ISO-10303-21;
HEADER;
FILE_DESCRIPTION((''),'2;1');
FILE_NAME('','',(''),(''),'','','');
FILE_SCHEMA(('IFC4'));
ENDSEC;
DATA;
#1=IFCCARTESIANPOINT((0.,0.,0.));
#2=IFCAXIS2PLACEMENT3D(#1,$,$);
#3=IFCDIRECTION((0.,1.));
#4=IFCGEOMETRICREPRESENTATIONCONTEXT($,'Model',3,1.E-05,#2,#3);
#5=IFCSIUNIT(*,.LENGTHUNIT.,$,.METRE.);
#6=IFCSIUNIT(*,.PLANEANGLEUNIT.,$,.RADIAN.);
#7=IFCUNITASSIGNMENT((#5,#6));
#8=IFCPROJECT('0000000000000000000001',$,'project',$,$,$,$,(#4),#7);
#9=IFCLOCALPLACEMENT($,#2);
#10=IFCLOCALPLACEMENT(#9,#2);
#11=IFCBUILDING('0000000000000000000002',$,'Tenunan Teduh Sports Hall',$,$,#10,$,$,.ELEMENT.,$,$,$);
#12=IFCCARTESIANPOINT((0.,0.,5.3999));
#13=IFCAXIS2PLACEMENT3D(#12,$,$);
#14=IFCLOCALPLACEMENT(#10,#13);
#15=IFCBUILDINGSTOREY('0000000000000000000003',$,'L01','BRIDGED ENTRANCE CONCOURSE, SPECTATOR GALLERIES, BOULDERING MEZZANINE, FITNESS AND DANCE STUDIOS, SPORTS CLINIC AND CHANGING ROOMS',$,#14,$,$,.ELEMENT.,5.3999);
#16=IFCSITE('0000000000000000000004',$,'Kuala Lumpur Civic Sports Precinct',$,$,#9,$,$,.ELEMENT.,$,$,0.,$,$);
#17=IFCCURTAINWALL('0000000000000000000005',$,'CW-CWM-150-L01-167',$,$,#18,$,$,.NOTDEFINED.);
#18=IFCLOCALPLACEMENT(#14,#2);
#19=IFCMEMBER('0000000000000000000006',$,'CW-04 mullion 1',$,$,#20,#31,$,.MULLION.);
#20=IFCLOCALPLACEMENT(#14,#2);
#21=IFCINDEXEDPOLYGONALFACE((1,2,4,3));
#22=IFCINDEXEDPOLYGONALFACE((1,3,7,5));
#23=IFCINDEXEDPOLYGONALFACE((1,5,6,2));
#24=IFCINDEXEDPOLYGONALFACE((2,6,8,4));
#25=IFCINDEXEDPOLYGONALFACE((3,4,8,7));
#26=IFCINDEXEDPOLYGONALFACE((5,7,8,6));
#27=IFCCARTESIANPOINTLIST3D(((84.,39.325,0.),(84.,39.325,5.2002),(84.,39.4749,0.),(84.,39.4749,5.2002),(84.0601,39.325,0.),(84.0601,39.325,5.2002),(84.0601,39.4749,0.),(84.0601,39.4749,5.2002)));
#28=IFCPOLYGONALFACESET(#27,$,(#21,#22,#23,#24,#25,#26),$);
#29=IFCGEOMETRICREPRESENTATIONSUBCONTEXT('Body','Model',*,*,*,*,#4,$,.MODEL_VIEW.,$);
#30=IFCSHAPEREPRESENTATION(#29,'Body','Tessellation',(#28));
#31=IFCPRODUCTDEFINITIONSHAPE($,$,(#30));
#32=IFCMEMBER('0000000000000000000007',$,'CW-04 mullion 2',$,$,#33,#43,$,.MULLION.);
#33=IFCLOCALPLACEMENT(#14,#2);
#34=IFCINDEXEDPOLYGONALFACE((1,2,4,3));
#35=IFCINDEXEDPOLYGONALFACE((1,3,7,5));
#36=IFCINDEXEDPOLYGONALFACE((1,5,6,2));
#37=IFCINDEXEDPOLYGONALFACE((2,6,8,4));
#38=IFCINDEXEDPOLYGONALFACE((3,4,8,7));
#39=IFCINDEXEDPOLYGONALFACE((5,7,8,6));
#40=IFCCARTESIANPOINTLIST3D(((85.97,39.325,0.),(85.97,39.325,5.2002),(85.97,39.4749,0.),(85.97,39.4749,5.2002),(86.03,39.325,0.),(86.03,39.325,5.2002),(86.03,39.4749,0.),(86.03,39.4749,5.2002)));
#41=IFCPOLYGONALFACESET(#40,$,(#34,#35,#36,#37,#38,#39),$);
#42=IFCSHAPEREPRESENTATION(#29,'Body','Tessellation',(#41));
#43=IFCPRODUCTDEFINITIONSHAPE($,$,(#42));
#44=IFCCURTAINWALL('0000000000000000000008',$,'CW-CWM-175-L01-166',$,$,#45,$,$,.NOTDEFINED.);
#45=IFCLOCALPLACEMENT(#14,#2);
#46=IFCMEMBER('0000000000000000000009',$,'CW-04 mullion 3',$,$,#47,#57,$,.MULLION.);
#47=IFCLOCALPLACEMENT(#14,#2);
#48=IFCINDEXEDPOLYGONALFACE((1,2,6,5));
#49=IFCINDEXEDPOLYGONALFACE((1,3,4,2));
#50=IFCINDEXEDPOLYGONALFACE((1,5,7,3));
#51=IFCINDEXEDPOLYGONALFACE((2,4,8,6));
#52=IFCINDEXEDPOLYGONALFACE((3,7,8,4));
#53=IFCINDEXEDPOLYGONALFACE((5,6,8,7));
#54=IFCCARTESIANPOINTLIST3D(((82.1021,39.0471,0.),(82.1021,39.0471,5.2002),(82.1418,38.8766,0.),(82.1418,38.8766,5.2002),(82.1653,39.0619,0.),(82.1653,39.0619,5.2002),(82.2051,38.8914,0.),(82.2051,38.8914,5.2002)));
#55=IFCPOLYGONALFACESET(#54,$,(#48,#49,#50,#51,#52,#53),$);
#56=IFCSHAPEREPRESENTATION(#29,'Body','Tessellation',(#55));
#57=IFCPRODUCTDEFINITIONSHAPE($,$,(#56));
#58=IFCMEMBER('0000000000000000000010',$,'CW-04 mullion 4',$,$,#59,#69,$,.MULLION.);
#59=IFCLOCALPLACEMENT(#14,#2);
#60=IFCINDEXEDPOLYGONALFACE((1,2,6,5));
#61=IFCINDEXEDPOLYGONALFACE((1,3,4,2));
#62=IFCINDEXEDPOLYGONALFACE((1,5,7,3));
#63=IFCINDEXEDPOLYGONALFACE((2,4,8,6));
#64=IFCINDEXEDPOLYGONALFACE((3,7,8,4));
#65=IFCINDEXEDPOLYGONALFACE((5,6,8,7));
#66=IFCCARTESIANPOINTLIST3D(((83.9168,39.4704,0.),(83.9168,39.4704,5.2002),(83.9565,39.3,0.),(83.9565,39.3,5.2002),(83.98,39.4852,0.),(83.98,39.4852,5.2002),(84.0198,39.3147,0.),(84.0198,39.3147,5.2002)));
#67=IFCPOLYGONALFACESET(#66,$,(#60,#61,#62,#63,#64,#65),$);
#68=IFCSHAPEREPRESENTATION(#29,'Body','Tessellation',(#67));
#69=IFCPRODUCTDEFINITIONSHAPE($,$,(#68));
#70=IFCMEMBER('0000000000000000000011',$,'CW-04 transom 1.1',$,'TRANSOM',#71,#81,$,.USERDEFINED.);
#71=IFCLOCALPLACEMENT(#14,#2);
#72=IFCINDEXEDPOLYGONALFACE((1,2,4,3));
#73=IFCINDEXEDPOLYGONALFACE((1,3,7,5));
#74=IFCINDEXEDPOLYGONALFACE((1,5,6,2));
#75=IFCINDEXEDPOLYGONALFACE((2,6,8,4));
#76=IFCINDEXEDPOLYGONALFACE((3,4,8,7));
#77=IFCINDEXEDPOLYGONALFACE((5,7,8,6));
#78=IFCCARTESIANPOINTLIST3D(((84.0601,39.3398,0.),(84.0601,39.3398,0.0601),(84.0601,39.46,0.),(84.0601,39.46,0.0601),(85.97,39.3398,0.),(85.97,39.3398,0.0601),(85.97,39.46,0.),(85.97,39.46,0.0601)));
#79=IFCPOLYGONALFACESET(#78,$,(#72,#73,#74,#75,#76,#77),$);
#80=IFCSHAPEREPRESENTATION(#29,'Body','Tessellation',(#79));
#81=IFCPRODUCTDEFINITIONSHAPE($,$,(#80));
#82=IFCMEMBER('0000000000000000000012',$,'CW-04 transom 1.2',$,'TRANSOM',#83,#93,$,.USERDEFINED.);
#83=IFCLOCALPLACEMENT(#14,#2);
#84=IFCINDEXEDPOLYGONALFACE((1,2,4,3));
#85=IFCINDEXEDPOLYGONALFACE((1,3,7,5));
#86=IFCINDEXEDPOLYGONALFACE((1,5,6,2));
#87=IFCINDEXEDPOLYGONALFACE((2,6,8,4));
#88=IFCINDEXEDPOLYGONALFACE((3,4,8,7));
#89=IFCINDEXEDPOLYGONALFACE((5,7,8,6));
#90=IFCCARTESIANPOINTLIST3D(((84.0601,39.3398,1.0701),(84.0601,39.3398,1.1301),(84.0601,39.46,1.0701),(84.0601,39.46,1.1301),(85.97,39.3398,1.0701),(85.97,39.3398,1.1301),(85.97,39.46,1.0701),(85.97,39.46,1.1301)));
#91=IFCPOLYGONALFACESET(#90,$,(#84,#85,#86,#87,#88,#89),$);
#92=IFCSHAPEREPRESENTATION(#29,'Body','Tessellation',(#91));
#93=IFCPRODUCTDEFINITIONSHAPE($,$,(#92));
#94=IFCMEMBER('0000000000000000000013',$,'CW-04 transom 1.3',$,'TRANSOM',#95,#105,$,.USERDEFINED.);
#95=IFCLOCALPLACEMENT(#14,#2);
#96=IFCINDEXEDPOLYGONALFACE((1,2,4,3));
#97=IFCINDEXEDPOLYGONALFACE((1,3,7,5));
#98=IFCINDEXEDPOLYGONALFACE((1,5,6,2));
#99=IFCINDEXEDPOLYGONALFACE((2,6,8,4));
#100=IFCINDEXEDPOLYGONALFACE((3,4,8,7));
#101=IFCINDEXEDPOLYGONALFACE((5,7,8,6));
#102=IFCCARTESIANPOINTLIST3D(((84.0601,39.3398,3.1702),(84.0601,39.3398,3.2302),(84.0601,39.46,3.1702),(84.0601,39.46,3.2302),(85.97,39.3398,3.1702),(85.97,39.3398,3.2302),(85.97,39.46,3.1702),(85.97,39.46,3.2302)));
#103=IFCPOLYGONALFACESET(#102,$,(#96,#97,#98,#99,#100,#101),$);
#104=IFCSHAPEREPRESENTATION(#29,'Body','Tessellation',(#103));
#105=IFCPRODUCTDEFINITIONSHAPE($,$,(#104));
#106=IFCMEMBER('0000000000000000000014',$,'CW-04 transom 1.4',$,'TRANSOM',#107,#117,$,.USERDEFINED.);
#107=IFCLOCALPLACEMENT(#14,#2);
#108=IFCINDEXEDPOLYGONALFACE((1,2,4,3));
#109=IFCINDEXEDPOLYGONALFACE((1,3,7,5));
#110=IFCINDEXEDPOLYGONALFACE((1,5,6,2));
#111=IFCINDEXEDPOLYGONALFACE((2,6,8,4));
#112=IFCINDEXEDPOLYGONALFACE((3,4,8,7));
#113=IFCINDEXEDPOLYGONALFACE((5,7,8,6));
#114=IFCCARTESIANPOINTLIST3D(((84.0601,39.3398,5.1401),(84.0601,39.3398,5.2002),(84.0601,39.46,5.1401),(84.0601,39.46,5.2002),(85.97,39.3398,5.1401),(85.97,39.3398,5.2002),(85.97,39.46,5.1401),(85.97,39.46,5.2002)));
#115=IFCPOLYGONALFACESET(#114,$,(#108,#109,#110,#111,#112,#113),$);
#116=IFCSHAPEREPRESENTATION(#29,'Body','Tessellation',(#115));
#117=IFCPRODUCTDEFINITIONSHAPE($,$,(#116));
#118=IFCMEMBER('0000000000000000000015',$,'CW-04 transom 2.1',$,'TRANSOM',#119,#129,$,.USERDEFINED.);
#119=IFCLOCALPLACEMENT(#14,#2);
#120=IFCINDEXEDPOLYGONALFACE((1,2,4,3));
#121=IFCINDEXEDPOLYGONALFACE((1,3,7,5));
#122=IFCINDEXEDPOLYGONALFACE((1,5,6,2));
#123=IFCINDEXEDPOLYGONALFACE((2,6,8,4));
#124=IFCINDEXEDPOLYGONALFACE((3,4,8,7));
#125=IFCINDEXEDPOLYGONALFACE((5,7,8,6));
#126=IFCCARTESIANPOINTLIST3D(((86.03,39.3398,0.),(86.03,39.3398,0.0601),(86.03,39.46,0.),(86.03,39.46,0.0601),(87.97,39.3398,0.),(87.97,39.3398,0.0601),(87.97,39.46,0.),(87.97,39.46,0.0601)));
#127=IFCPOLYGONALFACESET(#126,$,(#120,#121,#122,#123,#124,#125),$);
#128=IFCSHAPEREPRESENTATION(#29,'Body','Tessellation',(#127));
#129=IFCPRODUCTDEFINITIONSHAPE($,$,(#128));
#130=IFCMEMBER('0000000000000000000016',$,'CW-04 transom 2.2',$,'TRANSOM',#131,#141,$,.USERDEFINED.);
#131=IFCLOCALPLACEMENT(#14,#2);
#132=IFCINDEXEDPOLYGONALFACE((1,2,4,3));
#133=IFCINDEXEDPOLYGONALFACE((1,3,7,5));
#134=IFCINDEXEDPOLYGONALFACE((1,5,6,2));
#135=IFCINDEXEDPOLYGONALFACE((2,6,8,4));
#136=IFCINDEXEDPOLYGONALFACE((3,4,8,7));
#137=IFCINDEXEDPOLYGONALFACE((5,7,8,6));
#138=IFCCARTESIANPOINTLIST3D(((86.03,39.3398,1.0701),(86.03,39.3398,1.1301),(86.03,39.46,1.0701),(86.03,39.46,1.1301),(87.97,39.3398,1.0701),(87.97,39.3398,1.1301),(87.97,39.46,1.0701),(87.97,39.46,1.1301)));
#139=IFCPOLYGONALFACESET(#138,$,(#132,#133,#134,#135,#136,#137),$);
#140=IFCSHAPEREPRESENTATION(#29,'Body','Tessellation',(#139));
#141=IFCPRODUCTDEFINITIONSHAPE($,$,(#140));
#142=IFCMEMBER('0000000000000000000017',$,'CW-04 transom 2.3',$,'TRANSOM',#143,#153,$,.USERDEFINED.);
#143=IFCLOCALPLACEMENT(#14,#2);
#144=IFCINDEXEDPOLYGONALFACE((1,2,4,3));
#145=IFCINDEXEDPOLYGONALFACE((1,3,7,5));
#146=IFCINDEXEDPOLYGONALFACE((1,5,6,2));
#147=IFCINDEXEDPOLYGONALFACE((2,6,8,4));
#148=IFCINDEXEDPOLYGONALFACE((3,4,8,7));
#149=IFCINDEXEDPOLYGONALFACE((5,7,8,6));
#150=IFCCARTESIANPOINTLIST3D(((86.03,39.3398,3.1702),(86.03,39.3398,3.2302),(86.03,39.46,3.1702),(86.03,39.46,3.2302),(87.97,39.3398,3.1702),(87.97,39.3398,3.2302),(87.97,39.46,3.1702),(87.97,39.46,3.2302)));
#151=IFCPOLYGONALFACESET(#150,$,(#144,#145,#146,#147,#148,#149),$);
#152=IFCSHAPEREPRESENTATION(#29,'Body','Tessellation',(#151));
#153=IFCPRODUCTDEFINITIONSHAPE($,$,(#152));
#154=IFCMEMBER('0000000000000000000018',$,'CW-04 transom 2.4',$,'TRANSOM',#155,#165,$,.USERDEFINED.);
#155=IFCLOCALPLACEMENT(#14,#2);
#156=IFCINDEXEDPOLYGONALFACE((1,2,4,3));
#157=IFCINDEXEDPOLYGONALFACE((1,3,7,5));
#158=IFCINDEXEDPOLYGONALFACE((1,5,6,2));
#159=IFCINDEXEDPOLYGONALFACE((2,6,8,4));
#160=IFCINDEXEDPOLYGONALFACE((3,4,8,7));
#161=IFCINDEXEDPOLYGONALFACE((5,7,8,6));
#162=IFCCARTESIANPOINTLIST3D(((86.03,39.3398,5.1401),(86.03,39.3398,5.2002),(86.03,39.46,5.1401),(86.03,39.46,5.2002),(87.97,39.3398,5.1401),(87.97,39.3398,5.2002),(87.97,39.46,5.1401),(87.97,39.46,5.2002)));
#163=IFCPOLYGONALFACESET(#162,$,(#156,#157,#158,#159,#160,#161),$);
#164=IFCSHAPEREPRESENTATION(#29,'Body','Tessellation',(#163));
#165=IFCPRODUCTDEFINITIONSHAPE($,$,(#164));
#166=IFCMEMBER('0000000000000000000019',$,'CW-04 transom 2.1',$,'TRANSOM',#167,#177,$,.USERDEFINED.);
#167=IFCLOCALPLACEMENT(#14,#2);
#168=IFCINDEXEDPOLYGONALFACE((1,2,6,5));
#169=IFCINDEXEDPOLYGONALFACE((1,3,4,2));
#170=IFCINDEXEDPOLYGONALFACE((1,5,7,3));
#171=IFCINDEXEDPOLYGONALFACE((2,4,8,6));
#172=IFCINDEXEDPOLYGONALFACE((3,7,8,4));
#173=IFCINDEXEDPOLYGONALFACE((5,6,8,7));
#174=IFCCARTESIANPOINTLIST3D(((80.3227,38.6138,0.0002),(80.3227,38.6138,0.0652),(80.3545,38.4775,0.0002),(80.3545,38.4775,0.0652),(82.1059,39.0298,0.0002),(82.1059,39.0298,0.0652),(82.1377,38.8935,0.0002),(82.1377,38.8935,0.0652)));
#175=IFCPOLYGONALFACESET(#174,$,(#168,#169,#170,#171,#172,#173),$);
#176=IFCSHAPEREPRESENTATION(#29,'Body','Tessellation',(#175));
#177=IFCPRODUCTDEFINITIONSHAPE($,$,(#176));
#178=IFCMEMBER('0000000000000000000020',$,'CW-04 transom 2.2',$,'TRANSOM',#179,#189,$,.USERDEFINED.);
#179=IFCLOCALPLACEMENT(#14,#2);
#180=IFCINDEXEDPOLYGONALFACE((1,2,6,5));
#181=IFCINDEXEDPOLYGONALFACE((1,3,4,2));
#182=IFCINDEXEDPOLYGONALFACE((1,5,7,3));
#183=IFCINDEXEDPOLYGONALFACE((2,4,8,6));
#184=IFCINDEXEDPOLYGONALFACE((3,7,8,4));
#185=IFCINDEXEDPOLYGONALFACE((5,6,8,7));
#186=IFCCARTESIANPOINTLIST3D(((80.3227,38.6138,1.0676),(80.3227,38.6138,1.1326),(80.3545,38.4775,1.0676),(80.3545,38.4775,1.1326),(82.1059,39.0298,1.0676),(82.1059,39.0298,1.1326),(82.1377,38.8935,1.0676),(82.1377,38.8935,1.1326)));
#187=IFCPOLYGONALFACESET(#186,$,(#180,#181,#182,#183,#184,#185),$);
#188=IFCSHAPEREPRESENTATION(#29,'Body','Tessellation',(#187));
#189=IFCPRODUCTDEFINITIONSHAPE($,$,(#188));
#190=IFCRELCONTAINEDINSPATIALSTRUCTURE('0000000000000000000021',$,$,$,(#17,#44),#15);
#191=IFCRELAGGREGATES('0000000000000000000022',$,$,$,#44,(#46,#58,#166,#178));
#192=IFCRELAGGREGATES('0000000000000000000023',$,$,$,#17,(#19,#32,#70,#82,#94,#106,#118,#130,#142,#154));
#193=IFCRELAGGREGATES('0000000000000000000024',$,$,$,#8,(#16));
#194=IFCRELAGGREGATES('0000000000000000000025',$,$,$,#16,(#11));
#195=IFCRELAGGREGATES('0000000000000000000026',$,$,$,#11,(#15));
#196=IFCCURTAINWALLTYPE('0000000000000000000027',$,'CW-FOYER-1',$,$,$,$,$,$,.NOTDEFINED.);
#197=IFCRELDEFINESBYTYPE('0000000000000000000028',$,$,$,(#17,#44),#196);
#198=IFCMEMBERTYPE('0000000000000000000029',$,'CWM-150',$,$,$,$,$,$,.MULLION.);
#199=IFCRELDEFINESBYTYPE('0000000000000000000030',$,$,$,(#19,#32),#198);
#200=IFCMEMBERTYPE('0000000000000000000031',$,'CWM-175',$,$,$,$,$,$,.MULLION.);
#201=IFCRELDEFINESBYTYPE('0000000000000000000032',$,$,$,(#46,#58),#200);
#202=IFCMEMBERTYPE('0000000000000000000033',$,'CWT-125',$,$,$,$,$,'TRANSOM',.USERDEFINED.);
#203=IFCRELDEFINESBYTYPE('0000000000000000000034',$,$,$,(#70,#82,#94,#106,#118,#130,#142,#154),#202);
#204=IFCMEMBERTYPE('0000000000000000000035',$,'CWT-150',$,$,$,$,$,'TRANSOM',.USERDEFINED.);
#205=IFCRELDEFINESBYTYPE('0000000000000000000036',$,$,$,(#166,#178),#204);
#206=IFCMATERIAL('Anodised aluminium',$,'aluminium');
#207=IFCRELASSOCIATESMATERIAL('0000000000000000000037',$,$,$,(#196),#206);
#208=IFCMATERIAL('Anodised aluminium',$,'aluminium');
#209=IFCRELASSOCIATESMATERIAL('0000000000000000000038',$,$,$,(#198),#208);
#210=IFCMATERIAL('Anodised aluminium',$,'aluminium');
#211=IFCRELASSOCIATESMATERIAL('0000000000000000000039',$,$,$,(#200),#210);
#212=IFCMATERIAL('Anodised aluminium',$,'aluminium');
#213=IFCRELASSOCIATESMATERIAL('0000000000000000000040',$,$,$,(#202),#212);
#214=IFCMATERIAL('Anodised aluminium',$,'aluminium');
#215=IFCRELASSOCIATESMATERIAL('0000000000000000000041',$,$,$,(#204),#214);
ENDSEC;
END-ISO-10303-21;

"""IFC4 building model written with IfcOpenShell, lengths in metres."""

from ifc_helpers import new_model, si_unit, direction, frame, origin, origin_2d, place, context, subcontext, project, spatial, rectangle, extrude, material, material_profile, profile_set, type_object, element, aggregate, save


model = new_model("IFC4")

# Units and contexts
model_context = context("Model", 3, precision=1e-05, world=origin(), true_north=direction((0.0, 1.0)))
body_context = subcontext(model_context, "Body", "Model", "MODEL_VIEW")
ifc_project = project(units=[si_unit("LENGTHUNIT", "METRE"), si_unit("PLANEANGLEUNIT", "RADIAN")], contexts=[model_context])

# Site, building, storey
site_placement = place(None, origin())
site = spatial("IfcSite", under=ifc_project, at=site_placement, Name="Kuala Lumpur Civic Sports Precinct", CompositionType="ELEMENT", RefElevation=0.0)
building_placement = place(site_placement, origin())
building = spatial("IfcBuilding", under=site, at=building_placement, Name="Tenunan Teduh Sports Hall", CompositionType="ELEMENT")
storey_placement = place(building_placement, frame((0.0, 0.0, 5.3999)))
storey = spatial("IfcBuildingStorey", under=building, at=storey_placement, Name="L01", Description="BRIDGED ENTRANCE CONCOURSE, SPECTATOR GALLERIES, BOULDERING MEZZANINE, FITNESS AND DANCE STUDIOS, SPORTS CLINIC AND CHANGING ROOMS", CompositionType="ELEMENT", Elevation=5.3999)

# Curtain walls, members
ifc_material_1 = material(Name="Anodised aluminium", Category="aluminium")
curtain_wall_type = type_object("IfcCurtainWallType", Name="CW-FOYER-1", PredefinedType="NOTDEFINED", material=ifc_material_1)
curtain_wall_1_placement = place(storey_placement, origin())
curtain_wall_1 = element("IfcCurtainWall", 1, at=curtain_wall_1_placement, inside=storey, type_object=curtain_wall_type, Name="CW-CWM-150-L01-167", PredefinedType="NOTDEFINED")
ifc_material_2 = material(Name="Anodised aluminium", Category="aluminium")
ifc_material_profile_1 = material_profile(ifc_material_2, rectangle(XDim=0.0601, YDim=0.1499, at=origin_2d()), Name="CWM 60x150")
ifc_profile_set_1 = profile_set([ifc_material_profile_1], Name="Anodised aluminium")
member_type_1 = type_object("IfcMemberType", Name="CWM-150", PredefinedType="MULLION", material=ifc_profile_set_1)
member_1_placement = place(storey_placement, frame((84.03, 39.3999, 0.0), z_axis=(0.0, 0.0, 1.0), x_axis=(1.0, 0.0, 0.0)))
member_1 = element("IfcMember", 2, at=member_1_placement, type_object=member_type_1, Name="CW-04 mullion 1", PredefinedType="MULLION", context=body_context, shape_type="SweptSolid", body=[
    extrude(rectangle(XDim=0.0601, YDim=0.1499, at=origin_2d()), origin(), (0.0, 0.0, 1.0), 5.2002),
])
member_2_placement = place(storey_placement, frame((86.0, 39.3999, 0.0), z_axis=(0.0, 0.0, 1.0), x_axis=(1.0, 0.0, 0.0)))
member_2 = element("IfcMember", 3, at=member_2_placement, type_object=member_type_1, Name="CW-04 mullion 2", PredefinedType="MULLION", context=body_context, shape_type="SweptSolid", body=[
    extrude(rectangle(XDim=0.0601, YDim=0.1499, at=origin_2d()), origin(), (0.0, 0.0, 1.0), 5.2002),
])
curtain_wall_2_placement = place(storey_placement, origin())
curtain_wall_2 = element("IfcCurtainWall", 4, at=curtain_wall_2_placement, inside=storey, type_object=curtain_wall_type, Name="CW-CWM-175-L01-166", PredefinedType="NOTDEFINED")
ifc_material_3 = material(Name="Anodised aluminium", Category="aluminium")
ifc_material_profile_2 = material_profile(ifc_material_3, rectangle(XDim=0.0649, YDim=0.175, at=origin_2d()), Name="CWM 65x175")
ifc_profile_set_2 = profile_set([ifc_material_profile_2], Name="Anodised aluminium")
member_type_2 = type_object("IfcMemberType", Name="CWM-175", PredefinedType="MULLION", material=ifc_profile_set_2)
member_3_placement = place(storey_placement, frame((82.1536, 38.9692, 0.0), z_axis=(0.0, 0.0, 1.0), x_axis=(0.973842, 0.227226, 0.0)))
member_3 = element("IfcMember", 5, at=member_3_placement, type_object=member_type_2, Name="CW-04 mullion 3", PredefinedType="MULLION", context=body_context, shape_type="SweptSolid", body=[
    extrude(rectangle(XDim=0.0649, YDim=0.175, at=origin_2d()), origin(), (0.0, 0.0, 1.0), 5.2002),
])
member_4_placement = place(storey_placement, frame((83.9683, 39.3926, 0.0), z_axis=(0.0, 0.0, 1.0), x_axis=(0.973842, 0.227226, 0.0)))
member_4 = element("IfcMember", 6, at=member_4_placement, type_object=member_type_2, Name="CW-04 mullion 4", PredefinedType="MULLION", context=body_context, shape_type="SweptSolid", body=[
    extrude(rectangle(XDim=0.0649, YDim=0.175, at=origin_2d()), origin(), (0.0, 0.0, 1.0), 5.2002),
])

# Members
ifc_material_4 = material(Name="Anodised aluminium", Category="aluminium")
ifc_material_profile_3 = material_profile(ifc_material_4, rectangle(XDim=0.0601, YDim=0.1201, at=origin_2d()), Name="CWT 60x120")
ifc_profile_set_3 = profile_set([ifc_material_profile_3], Name="Anodised aluminium")
member_type_3 = type_object("IfcMemberType", Name="CWT-125", ElementType="TRANSOM", PredefinedType="USERDEFINED", material=ifc_profile_set_3)
member_5_placement = place(storey_placement, frame((84.0601, 39.3999, 0.03), z_axis=(1.0, 0.0, 0.0), x_axis=(0.0, 0.0, 1.0)))
member_5 = element("IfcMember", 7, at=member_5_placement, type_object=member_type_3, Name="CW-04 transom 1.1", ObjectType="TRANSOM", PredefinedType="USERDEFINED", context=body_context, shape_type="SweptSolid", body=[
    extrude(rectangle(XDim=0.0601, YDim=0.1201, at=origin_2d()), origin(), (0.0, 0.0, 1.0), 1.9099),
])
member_6_placement = place(storey_placement, frame((84.0601, 39.3999, 1.1001), z_axis=(1.0, 0.0, 0.0), x_axis=(0.0, 0.0, 1.0)))
member_6 = element("IfcMember", 8, at=member_6_placement, type_object=member_type_3, Name="CW-04 transom 1.2", ObjectType="TRANSOM", PredefinedType="USERDEFINED", context=body_context, shape_type="SweptSolid", body=[
    extrude(rectangle(XDim=0.0601, YDim=0.1201, at=origin_2d()), origin(), (0.0, 0.0, 1.0), 1.9099),
])
member_7_placement = place(storey_placement, frame((84.0601, 39.3999, 3.2002), z_axis=(1.0, 0.0, 0.0), x_axis=(0.0, 0.0, 1.0)))
member_7 = element("IfcMember", 9, at=member_7_placement, type_object=member_type_3, Name="CW-04 transom 1.3", ObjectType="TRANSOM", PredefinedType="USERDEFINED", context=body_context, shape_type="SweptSolid", body=[
    extrude(rectangle(XDim=0.0601, YDim=0.1201, at=origin_2d()), origin(), (0.0, 0.0, 1.0), 1.9099),
])
member_8_placement = place(storey_placement, frame((84.0601, 39.3999, 5.1702), z_axis=(1.0, 0.0, 0.0), x_axis=(0.0, 0.0, 1.0)))
member_8 = element("IfcMember", 10, at=member_8_placement, type_object=member_type_3, Name="CW-04 transom 1.4", ObjectType="TRANSOM", PredefinedType="USERDEFINED", context=body_context, shape_type="SweptSolid", body=[
    extrude(rectangle(XDim=0.0601, YDim=0.1201, at=origin_2d()), origin(), (0.0, 0.0, 1.0), 1.9099),
])
member_9_placement = place(storey_placement, frame((86.03, 39.3999, 0.03), z_axis=(1.0, 0.0, 0.0), x_axis=(0.0, 0.0, 1.0)))
member_9 = element("IfcMember", 11, at=member_9_placement, type_object=member_type_3, Name="CW-04 transom 2.1", ObjectType="TRANSOM", PredefinedType="USERDEFINED", context=body_context, shape_type="SweptSolid", body=[
    extrude(rectangle(XDim=0.0601, YDim=0.1201, at=origin_2d()), origin(), (0.0, 0.0, 1.0), 1.9399),
])
member_10_placement = place(storey_placement, frame((86.03, 39.3999, 1.1001), z_axis=(1.0, 0.0, 0.0), x_axis=(0.0, 0.0, 1.0)))
member_10 = element("IfcMember", 12, at=member_10_placement, type_object=member_type_3, Name="CW-04 transom 2.2", ObjectType="TRANSOM", PredefinedType="USERDEFINED", context=body_context, shape_type="SweptSolid", body=[
    extrude(rectangle(XDim=0.0601, YDim=0.1201, at=origin_2d()), origin(), (0.0, 0.0, 1.0), 1.9399),
])
member_11_placement = place(storey_placement, frame((86.03, 39.3999, 3.2002), z_axis=(1.0, 0.0, 0.0), x_axis=(0.0, 0.0, 1.0)))
member_11 = element("IfcMember", 13, at=member_11_placement, type_object=member_type_3, Name="CW-04 transom 2.3", ObjectType="TRANSOM", PredefinedType="USERDEFINED", context=body_context, shape_type="SweptSolid", body=[
    extrude(rectangle(XDim=0.0601, YDim=0.1201, at=origin_2d()), origin(), (0.0, 0.0, 1.0), 1.9399),
])
member_12_placement = place(storey_placement, frame((86.03, 39.3999, 5.1702), z_axis=(1.0, 0.0, 0.0), x_axis=(0.0, 0.0, 1.0)))
member_12 = element("IfcMember", 14, at=member_12_placement, type_object=member_type_3, Name="CW-04 transom 2.4", ObjectType="TRANSOM", PredefinedType="USERDEFINED", context=body_context, shape_type="SweptSolid", body=[
    extrude(rectangle(XDim=0.0601, YDim=0.1201, at=origin_2d()), origin(), (0.0, 0.0, 1.0), 1.9399),
])
ifc_material_5 = material(Name="Anodised aluminium", Category="aluminium")
ifc_material_profile_4 = material_profile(ifc_material_5, rectangle(XDim=0.0649, YDim=0.1399, at=origin_2d()), Name="CWT 65x140")
ifc_profile_set_4 = profile_set([ifc_material_profile_4], Name="Anodised aluminium")
member_type_4 = type_object("IfcMemberType", Name="CWT-150", ElementType="TRANSOM", PredefinedType="USERDEFINED", material=ifc_profile_set_4)
member_13_placement = place(storey_placement, frame((80.3386, 38.5457, 0.0327), z_axis=(0.973849, 0.227196, 0.0), x_axis=(0.0, 0.0, 1.0)))
member_13 = element("IfcMember", 15, at=member_13_placement, type_object=member_type_4, Name="CW-04 transom 2.1", ObjectType="TRANSOM", PredefinedType="USERDEFINED", context=body_context, shape_type="SweptSolid", body=[
    extrude(rectangle(XDim=0.0649, YDim=0.1399, at=origin_2d()), origin(), (0.0, 0.0, 1.0), 1.8311),
])
member_14_placement = place(storey_placement, frame((80.3386, 38.5457, 1.1001), z_axis=(0.973849, 0.227196, 0.0), x_axis=(0.0, 0.0, 1.0)))
member_14 = element("IfcMember", 16, at=member_14_placement, type_object=member_type_4, Name="CW-04 transom 2.2", ObjectType="TRANSOM", PredefinedType="USERDEFINED", context=body_context, shape_type="SweptSolid", body=[
    extrude(rectangle(XDim=0.0649, YDim=0.1399, at=origin_2d()), origin(), (0.0, 0.0, 1.0), 1.8311),
])

aggregate(curtain_wall_2, [member_3, member_4, member_13, member_14])
aggregate(curtain_wall_1, [member_1, member_2, member_5, member_6, member_7, member_8, member_9, member_10, member_11, member_12])

save(model, "model.ifc")
